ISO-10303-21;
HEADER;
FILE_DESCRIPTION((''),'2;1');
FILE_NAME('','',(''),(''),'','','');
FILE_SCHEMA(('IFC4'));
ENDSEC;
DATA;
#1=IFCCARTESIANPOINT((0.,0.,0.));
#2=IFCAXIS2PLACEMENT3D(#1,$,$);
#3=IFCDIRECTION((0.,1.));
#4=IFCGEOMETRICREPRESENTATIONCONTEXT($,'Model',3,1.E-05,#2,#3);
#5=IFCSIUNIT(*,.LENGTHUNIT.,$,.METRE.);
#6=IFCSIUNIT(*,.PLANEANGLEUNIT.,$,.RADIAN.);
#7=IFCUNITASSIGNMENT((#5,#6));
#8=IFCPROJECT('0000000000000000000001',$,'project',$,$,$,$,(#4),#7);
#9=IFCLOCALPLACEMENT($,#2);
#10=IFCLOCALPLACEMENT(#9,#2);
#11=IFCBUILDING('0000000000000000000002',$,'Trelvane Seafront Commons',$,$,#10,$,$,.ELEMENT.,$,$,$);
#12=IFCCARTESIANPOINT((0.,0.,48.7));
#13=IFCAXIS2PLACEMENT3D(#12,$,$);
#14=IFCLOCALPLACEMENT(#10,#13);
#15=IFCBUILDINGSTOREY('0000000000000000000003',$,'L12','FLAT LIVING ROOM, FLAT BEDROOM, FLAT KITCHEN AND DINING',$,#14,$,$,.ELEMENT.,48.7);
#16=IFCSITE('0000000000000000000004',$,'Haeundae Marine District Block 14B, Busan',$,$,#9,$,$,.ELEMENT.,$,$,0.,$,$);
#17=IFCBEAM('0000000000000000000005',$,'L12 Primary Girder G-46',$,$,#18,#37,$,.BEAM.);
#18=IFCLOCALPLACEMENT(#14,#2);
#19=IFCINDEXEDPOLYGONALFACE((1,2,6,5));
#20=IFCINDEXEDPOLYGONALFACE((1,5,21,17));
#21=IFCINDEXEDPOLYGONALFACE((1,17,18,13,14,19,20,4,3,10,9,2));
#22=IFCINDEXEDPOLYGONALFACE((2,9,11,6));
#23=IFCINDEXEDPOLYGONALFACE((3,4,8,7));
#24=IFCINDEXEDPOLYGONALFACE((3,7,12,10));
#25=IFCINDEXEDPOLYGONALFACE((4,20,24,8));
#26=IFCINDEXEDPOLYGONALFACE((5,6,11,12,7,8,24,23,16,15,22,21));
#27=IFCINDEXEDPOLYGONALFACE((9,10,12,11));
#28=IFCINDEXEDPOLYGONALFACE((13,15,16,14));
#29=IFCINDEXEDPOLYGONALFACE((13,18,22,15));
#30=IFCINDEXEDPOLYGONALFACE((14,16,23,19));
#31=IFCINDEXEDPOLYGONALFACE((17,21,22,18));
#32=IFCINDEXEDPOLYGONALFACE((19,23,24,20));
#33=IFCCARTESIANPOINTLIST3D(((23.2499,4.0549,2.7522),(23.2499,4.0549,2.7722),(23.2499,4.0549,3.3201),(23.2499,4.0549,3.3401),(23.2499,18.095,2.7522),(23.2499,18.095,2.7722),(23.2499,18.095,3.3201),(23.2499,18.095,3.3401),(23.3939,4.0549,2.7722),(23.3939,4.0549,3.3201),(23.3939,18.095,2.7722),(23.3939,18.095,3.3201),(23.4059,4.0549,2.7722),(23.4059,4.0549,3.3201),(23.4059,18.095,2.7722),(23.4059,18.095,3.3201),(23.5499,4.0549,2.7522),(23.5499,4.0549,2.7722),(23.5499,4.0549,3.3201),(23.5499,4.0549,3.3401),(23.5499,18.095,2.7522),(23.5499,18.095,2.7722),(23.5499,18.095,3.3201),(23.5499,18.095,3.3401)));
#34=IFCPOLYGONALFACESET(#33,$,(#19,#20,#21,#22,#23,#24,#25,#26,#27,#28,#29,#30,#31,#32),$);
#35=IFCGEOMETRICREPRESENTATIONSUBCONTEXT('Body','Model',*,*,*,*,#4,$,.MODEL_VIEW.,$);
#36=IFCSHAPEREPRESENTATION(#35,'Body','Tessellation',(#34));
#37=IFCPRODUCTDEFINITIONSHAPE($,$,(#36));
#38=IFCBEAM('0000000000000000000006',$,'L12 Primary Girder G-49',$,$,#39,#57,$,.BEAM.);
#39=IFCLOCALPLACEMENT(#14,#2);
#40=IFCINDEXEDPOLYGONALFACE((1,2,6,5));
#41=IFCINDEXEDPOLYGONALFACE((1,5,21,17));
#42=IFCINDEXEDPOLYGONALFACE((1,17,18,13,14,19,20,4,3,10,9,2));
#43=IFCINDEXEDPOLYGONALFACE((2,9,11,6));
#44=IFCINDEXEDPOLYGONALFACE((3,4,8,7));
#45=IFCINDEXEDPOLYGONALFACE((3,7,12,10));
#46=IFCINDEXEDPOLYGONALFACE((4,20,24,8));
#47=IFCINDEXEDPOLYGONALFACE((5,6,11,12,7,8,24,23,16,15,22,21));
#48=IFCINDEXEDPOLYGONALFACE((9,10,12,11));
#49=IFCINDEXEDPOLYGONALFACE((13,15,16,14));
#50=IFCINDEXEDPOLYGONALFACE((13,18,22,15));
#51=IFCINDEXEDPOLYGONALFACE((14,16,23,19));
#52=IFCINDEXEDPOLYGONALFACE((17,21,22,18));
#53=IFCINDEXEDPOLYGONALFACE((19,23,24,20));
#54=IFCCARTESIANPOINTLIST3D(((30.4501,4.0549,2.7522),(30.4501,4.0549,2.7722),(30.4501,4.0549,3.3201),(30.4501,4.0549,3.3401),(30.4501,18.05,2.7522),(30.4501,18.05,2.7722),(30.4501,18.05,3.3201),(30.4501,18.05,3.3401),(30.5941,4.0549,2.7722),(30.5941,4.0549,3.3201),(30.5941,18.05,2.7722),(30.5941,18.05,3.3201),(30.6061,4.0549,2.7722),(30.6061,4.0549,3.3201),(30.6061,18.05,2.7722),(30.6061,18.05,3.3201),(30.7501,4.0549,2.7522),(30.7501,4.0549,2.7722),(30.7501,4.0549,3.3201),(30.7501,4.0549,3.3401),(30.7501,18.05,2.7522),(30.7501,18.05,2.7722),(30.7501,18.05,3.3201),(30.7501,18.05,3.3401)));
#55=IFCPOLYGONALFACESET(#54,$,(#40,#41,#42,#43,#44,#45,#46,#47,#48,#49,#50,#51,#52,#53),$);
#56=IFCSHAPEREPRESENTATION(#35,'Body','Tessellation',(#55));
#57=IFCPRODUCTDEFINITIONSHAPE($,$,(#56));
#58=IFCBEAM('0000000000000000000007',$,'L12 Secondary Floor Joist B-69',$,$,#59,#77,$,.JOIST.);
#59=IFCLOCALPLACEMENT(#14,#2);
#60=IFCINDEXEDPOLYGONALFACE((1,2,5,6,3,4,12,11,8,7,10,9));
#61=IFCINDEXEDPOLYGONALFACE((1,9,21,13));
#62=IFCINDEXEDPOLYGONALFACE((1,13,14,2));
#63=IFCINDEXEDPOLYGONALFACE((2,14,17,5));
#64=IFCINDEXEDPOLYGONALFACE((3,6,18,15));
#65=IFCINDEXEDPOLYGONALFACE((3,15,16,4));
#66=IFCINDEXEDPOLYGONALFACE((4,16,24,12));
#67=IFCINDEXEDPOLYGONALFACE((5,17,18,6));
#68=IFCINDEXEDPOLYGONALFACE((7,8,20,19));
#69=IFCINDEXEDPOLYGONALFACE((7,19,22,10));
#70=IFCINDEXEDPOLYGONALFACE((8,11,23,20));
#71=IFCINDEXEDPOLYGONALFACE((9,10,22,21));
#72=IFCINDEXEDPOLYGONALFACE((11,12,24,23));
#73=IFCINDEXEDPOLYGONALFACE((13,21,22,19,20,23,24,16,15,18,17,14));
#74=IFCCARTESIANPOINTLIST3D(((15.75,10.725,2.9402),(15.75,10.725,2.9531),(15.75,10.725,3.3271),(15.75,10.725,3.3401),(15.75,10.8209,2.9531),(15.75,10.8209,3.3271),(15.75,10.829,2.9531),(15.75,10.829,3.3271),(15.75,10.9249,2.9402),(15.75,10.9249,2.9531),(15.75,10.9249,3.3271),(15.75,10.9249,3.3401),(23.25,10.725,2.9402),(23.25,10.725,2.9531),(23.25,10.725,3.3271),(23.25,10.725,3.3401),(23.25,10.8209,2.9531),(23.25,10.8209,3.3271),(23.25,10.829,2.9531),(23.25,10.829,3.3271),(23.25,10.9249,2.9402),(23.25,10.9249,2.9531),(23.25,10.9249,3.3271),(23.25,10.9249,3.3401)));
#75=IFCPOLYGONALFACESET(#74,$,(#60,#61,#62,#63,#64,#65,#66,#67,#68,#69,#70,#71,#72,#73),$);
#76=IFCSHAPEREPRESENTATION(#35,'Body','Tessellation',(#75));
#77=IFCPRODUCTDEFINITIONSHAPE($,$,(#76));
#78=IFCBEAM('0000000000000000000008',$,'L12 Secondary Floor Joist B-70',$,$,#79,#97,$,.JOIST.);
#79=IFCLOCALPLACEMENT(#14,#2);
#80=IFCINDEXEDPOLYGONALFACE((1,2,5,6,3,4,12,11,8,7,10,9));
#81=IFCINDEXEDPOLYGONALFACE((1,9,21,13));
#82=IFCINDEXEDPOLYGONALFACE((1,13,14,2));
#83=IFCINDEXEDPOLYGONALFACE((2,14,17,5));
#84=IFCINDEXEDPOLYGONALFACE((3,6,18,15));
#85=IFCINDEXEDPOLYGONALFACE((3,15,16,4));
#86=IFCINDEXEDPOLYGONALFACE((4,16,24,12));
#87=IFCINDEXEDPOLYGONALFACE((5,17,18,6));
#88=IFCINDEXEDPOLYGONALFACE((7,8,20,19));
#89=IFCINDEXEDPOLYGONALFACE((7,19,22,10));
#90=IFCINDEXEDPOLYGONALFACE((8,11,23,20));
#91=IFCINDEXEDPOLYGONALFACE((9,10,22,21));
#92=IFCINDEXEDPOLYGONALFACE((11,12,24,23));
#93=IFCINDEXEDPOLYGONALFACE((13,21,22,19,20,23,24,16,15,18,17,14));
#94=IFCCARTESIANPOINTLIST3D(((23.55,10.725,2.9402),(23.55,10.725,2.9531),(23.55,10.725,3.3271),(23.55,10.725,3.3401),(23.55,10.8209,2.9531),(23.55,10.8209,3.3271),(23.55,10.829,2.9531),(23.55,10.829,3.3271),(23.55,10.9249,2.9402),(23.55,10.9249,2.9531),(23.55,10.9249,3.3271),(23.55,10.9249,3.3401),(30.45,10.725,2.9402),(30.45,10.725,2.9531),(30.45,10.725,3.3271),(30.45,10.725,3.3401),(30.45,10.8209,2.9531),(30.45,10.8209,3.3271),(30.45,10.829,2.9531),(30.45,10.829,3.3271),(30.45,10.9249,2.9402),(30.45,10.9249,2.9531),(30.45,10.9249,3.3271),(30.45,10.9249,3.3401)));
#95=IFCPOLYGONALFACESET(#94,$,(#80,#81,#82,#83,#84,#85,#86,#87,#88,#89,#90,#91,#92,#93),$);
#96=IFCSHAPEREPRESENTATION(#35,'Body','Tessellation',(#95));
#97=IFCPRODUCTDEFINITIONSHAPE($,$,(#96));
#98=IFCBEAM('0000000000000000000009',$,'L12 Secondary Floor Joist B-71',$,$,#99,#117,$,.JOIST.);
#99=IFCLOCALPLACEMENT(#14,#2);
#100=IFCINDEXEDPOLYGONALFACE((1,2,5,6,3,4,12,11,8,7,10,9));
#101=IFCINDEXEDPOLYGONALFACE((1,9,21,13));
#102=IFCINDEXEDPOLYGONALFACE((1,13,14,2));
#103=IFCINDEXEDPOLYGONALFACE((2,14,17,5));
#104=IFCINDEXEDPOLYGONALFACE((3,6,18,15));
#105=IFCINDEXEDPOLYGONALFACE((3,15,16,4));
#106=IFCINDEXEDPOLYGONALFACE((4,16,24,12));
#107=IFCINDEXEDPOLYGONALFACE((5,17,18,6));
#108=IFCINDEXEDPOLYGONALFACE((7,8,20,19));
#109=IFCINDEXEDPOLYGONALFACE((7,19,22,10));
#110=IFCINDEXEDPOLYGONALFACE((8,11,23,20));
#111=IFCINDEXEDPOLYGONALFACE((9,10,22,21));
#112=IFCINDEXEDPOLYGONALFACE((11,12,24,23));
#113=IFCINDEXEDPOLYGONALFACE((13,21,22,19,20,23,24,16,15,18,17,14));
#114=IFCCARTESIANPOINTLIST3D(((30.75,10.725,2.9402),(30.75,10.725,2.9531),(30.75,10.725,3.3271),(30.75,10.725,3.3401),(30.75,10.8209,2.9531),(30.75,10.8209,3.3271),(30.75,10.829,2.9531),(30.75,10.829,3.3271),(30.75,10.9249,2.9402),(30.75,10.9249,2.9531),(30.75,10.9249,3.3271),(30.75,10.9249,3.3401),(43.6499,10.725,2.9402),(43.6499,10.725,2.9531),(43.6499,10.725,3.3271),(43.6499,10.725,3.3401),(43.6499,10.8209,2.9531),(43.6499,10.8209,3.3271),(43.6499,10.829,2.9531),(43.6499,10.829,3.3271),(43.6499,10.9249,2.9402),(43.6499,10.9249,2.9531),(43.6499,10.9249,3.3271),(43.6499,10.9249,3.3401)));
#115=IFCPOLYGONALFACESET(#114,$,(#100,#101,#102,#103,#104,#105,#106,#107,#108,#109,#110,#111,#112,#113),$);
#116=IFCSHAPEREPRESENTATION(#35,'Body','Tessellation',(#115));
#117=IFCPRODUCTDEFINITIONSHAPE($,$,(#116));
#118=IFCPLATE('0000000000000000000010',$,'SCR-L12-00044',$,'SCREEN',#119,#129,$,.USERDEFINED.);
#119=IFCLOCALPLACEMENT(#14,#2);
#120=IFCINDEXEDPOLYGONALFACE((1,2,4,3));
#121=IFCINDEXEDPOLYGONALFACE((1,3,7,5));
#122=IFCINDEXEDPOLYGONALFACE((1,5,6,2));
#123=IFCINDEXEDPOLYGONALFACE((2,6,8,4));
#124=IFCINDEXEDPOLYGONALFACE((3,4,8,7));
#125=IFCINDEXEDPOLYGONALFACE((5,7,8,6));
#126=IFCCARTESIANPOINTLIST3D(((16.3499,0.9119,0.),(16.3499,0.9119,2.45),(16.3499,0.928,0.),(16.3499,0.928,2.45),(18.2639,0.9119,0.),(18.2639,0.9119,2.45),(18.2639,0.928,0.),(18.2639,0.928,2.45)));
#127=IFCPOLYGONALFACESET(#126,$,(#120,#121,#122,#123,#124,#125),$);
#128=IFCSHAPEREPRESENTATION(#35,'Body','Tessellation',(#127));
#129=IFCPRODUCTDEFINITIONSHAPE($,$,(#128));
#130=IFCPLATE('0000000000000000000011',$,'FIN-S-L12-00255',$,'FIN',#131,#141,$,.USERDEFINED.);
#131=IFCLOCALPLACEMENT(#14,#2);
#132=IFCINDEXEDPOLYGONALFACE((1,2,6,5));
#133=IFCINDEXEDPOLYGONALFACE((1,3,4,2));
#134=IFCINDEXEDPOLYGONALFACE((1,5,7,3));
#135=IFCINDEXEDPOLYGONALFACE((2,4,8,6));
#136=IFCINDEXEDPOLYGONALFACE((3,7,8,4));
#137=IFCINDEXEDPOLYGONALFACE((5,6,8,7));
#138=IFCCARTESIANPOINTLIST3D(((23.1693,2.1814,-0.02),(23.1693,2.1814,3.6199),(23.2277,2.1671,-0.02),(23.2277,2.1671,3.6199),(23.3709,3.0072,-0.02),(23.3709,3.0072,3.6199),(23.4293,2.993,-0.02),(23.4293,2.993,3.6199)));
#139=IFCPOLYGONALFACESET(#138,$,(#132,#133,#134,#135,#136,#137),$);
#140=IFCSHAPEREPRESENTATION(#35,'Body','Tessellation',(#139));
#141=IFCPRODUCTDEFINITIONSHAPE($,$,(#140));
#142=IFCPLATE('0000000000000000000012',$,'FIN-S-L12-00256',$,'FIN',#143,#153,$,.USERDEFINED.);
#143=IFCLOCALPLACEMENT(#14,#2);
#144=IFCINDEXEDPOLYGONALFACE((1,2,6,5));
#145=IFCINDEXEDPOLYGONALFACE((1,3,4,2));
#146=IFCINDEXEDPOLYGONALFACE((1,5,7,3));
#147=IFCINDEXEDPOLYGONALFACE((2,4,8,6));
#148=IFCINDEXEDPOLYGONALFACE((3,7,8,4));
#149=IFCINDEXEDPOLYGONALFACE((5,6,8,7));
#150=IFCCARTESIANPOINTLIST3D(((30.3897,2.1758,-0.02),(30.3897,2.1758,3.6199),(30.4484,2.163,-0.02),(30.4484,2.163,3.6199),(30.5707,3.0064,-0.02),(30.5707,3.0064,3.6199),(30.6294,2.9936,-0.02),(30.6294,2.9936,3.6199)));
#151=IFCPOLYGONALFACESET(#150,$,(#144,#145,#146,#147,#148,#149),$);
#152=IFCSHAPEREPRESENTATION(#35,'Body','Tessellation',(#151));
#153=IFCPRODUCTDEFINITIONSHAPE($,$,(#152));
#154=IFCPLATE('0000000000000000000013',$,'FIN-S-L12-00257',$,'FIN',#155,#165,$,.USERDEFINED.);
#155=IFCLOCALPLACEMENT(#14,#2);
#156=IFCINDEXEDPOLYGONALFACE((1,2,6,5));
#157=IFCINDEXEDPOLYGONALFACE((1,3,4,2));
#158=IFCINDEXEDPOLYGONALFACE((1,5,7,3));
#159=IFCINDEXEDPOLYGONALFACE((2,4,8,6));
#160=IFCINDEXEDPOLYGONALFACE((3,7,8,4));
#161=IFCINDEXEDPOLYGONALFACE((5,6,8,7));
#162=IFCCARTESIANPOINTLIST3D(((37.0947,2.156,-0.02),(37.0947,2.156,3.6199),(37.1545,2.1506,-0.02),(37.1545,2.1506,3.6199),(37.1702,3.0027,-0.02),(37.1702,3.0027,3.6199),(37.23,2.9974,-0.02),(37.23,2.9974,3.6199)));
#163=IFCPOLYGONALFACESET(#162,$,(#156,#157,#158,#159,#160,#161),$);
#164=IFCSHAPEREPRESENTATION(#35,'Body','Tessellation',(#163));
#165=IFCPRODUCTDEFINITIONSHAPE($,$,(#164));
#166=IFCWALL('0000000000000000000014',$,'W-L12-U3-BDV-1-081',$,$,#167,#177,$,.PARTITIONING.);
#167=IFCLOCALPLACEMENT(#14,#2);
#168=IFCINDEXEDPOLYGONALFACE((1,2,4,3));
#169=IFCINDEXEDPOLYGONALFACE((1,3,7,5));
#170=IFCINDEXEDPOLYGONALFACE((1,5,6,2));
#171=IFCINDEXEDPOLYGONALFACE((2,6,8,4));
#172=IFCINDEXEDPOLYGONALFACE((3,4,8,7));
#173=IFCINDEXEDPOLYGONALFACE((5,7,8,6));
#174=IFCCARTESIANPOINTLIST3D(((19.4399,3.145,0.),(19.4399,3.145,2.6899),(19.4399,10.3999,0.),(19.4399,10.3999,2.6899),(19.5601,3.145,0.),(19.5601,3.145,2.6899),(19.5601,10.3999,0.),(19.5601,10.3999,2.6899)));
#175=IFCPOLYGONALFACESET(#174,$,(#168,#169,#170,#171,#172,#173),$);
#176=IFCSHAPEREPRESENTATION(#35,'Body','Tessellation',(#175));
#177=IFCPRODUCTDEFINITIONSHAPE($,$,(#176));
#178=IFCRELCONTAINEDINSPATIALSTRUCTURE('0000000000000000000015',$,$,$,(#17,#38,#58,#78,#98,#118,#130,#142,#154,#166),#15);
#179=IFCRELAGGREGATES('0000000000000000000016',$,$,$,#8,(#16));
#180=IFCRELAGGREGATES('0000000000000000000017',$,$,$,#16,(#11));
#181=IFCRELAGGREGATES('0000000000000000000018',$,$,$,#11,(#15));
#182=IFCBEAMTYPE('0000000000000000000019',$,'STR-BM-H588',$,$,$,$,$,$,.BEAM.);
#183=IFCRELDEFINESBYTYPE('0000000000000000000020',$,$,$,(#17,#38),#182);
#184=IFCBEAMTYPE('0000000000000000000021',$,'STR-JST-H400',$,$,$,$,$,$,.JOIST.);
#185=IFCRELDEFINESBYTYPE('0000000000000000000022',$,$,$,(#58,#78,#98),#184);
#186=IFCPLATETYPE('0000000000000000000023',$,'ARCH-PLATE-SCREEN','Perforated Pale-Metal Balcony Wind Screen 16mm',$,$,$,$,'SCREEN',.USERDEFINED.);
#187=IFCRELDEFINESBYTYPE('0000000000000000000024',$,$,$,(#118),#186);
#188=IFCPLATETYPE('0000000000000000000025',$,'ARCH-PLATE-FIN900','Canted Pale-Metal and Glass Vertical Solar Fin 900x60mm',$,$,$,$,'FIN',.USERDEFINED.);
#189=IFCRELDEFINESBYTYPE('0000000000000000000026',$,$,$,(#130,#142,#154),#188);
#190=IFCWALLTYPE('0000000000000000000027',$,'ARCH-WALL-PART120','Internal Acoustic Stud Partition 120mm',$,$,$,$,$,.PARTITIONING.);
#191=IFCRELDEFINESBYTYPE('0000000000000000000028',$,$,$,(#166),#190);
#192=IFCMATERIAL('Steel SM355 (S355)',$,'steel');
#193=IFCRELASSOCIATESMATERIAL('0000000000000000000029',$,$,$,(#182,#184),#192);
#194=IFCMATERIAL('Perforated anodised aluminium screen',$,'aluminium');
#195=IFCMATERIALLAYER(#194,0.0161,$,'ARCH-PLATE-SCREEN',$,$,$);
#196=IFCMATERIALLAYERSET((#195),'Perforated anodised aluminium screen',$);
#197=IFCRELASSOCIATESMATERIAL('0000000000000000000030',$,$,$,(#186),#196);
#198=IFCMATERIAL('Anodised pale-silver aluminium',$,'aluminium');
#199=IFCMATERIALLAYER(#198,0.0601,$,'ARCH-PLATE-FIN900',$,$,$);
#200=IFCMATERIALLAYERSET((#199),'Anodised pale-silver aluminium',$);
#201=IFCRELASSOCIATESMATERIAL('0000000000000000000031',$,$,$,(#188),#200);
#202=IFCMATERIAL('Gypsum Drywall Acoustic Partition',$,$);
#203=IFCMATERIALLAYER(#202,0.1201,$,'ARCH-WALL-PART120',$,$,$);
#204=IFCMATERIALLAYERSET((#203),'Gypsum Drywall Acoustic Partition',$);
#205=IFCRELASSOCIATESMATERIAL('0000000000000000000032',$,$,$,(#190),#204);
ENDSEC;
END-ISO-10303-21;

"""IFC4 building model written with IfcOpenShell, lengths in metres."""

from ifc_helpers import new_model, si_unit, direction, frame, frame_2d, origin, origin_2d, place, context, subcontext, project, spatial, rectangle, i_section, extrude, source, transform, mapped, material, layer, layer_set, material_profile, profile_set, type_object, element, save


model = new_model("IFC4")

# Units and contexts
model_context = context("Model", 3, precision=1e-05, world=origin(), true_north=direction((0.0, 1.0)))
body_context = subcontext(model_context, "Body", "Model", "MODEL_VIEW")
ifc_project = project(units=[si_unit("LENGTHUNIT", "METRE"), si_unit("PLANEANGLEUNIT", "RADIAN")], contexts=[model_context])

# Site, building, storey
site_placement = place(None, origin())
site = spatial("IfcSite", under=ifc_project, at=site_placement, Name="Haeundae Marine District Block 14B, Busan", CompositionType="ELEMENT", RefElevation=0.0)
building_placement = place(site_placement, origin())
building = spatial("IfcBuilding", under=site, at=building_placement, Name="Trelvane Seafront Commons", CompositionType="ELEMENT")
storey_placement = place(building_placement, frame((0.0, 0.0, 48.7)))
storey = spatial("IfcBuildingStorey", under=building, at=storey_placement, Name="L12", Description="FLAT LIVING ROOM, FLAT BEDROOM, FLAT KITCHEN AND DINING", CompositionType="ELEMENT", Elevation=48.7)

# Shared definitions
ifc_material_1 = material(Name="Steel SM355 (S355)", Category="steel")

# Beams
ifc_material_profile_1 = material_profile(ifc_material_1, i_section(OverallWidth=0.3, OverallDepth=0.5879, WebThickness=0.012, FlangeThickness=0.02, at=origin_2d()), Name="H-588x300x12x20")
ifc_profile_set_1 = profile_set([ifc_material_profile_1], Name="Steel SM355 (S355)")
beam_type_1 = type_object("IfcBeamType", Name="STR-BM-H588", PredefinedType="BEAM", material=ifc_profile_set_1)
shared_shape_1 = source(origin(), body_context, "Body", "SweptSolid", [
    extrude(i_section(OverallWidth=0.3, OverallDepth=0.5879, WebThickness=0.012, FlangeThickness=0.02, at=origin_2d()), origin(), (0.0, 0.0, 1.0), 14.04),
])
beam_1_placement = place(storey_placement, frame((23.3999, 4.0549, 3.0461), z_axis=(0.0, 1.0, 0.0), x_axis=(-1.0, 0.0, 0.0)))
element("IfcBeam", 1, at=beam_1_placement, inside=storey, type_object=beam_type_1, Name="L12 Primary Girder G-46", PredefinedType="BEAM", context=body_context, shape_type="MappedRepresentation", body=[
    mapped(shared_shape_1, transform((0.0, 0.0, 0.0), x_axis=(1.0, 0.0, 0.0), y_axis=(0.0, 1.0, 0.0), z_axis=(0.0, 0.0, 1.0), scale=1.0)),
])
shared_shape_2 = source(origin(), body_context, "Body", "SweptSolid", [
    extrude(i_section(OverallWidth=0.3, OverallDepth=0.5879, WebThickness=0.012, FlangeThickness=0.02, at=origin_2d()), origin(), (0.0, 0.0, 1.0), 13.9951),
])
beam_2_placement = place(storey_placement, frame((30.6001, 4.0549, 3.0461), z_axis=(0.0, 1.0, 0.0), x_axis=(-1.0, 0.0, 0.0)))
element("IfcBeam", 2, at=beam_2_placement, inside=storey, type_object=beam_type_1, Name="L12 Primary Girder G-49", PredefinedType="BEAM", context=body_context, shape_type="MappedRepresentation", body=[
    mapped(shared_shape_2, transform((0.0, 0.0, 0.0), x_axis=(1.0, 0.0, 0.0), y_axis=(0.0, 1.0, 0.0), z_axis=(0.0, 0.0, 1.0), scale=1.0)),
])
ifc_material_profile_2 = material_profile(ifc_material_1, i_section(OverallWidth=0.2, OverallDepth=0.3999, WebThickness=0.0081, FlangeThickness=0.0129, at=origin_2d()), Name="H-400x200x8x13")
ifc_profile_set_2 = profile_set([ifc_material_profile_2], Name="Steel SM355 (S355)")
beam_type_2 = type_object("IfcBeamType", Name="STR-JST-H400", PredefinedType="JOIST", material=ifc_profile_set_2)
shared_shape_3 = source(origin(), body_context, "Body", "SweptSolid", [
    extrude(i_section(OverallWidth=0.2, OverallDepth=0.3999, WebThickness=0.0081, FlangeThickness=0.0129, at=origin_2d()), origin(), (0.0, 0.0, 1.0), 7.5),
])
beam_3_placement = place(storey_placement, frame((15.75, 10.825, 3.1401), z_axis=(1.0, 0.0, 0.0), x_axis=(0.0, 1.0, 0.0)))
element("IfcBeam", 3, at=beam_3_placement, inside=storey, type_object=beam_type_2, Name="L12 Secondary Floor Joist B-69", PredefinedType="JOIST", context=body_context, shape_type="MappedRepresentation", body=[
    mapped(shared_shape_3, transform((0.0, 0.0, 0.0), x_axis=(1.0, 0.0, 0.0), y_axis=(0.0, 1.0, 0.0), z_axis=(0.0, 0.0, 1.0), scale=1.0)),
])
shared_shape_4 = source(origin(), body_context, "Body", "SweptSolid", [
    extrude(i_section(OverallWidth=0.2, OverallDepth=0.3999, WebThickness=0.0081, FlangeThickness=0.0129, at=origin_2d()), origin(), (0.0, 0.0, 1.0), 6.8999),
])
beam_4_placement = place(storey_placement, frame((23.55, 10.825, 3.1401), z_axis=(1.0, 0.0, 0.0), x_axis=(0.0, 1.0, 0.0)))
element("IfcBeam", 4, at=beam_4_placement, inside=storey, type_object=beam_type_2, Name="L12 Secondary Floor Joist B-70", PredefinedType="JOIST", context=body_context, shape_type="MappedRepresentation", body=[
    mapped(shared_shape_4, transform((0.0, 0.0, 0.0), x_axis=(1.0, 0.0, 0.0), y_axis=(0.0, 1.0, 0.0), z_axis=(0.0, 0.0, 1.0), scale=1.0)),
])
shared_shape_5 = source(origin(), body_context, "Body", "SweptSolid", [
    extrude(i_section(OverallWidth=0.2, OverallDepth=0.3999, WebThickness=0.0081, FlangeThickness=0.0129, at=origin_2d()), origin(), (0.0, 0.0, 1.0), 12.8999),
])
beam_5_placement = place(storey_placement, frame((30.75, 10.825, 3.1401), z_axis=(1.0, 0.0, 0.0), x_axis=(0.0, 1.0, 0.0)))
element("IfcBeam", 5, at=beam_5_placement, inside=storey, type_object=beam_type_2, Name="L12 Secondary Floor Joist B-71", PredefinedType="JOIST", context=body_context, shape_type="MappedRepresentation", body=[
    mapped(shared_shape_5, transform((0.0, 0.0, 0.0), x_axis=(1.0, 0.0, 0.0), y_axis=(0.0, 1.0, 0.0), z_axis=(0.0, 0.0, 1.0), scale=1.0)),
])

# Plates
ifc_material_2 = material(Name="Perforated anodised aluminium screen", Category="aluminium")
ifc_layer_1 = layer(ifc_material_2, 0.0161, Name="ARCH-PLATE-SCREEN")
ifc_layer_set_1 = layer_set([ifc_layer_1], Name="Perforated anodised aluminium screen")
plate_type_1 = type_object("IfcPlateType", Name="ARCH-PLATE-SCREEN", Description="Perforated Pale-Metal Balcony Wind Screen 16mm", ElementType="SCREEN", PredefinedType="USERDEFINED", material=ifc_layer_set_1)
shared_shape_6 = source(origin(), body_context, "Body", "SweptSolid", [
    extrude(rectangle(XDim=1.9141, YDim=0.0161, at=origin_2d()), origin(), (0.0, 0.0, 1.0), 2.45),
])
plate_placement = place(storey_placement, frame((17.3069, 0.9199, 0.0), z_axis=(0.0, 0.0, 1.0), x_axis=(1.0, 0.0, 0.0)))
element("IfcPlate", 6, at=plate_placement, inside=storey, type_object=plate_type_1, Name="SCR-L12-00044", ObjectType="SCREEN", PredefinedType="USERDEFINED", context=body_context, shape_type="MappedRepresentation", body=[
    mapped(shared_shape_6, transform((0.0, 0.0, 0.0), x_axis=(1.0, 0.0, 0.0), y_axis=(0.0, 1.0, 0.0), z_axis=(0.0, 0.0, 1.0), scale=1.0)),
])
ifc_material_3 = material(Name="Anodised pale-silver aluminium", Category="aluminium")
ifc_layer_2 = layer(ifc_material_3, 0.0601, Name="ARCH-PLATE-FIN900")
ifc_layer_set_2 = layer_set([ifc_layer_2], Name="Anodised pale-silver aluminium")
plate_type_2 = type_object("IfcPlateType", Name="ARCH-PLATE-FIN900", Description="Canted Pale-Metal and Glass Vertical Solar Fin 900x60mm", ElementType="FIN", PredefinedType="USERDEFINED", material=ifc_layer_set_2)
shared_shape_7 = source(origin(), body_context, "Body", "SweptSolid", [
    extrude(rectangle(XDim=0.8501, YDim=0.0601, at=origin_2d()), origin(), (0.0, 0.0, 1.0), 3.6399),
])
for number, where, z_axis, x_axis, name in (
    (7, (23.2993, 2.5872, -0.02), (0.0, 0.0, 1.0), (-0.237162, -0.97147, 0.0), "FIN-S-L12-00255"),
    (8, (30.5095, 2.5847, -0.02), (0.0, 0.0, 1.0), (-0.212942, -0.977065, 0.0), "FIN-S-L12-00256"),
    (9, (37.1624, 2.5767, -0.02), (0.0, 0.0, 1.0), (-0.088828, -0.996047, 0.0), "FIN-S-L12-00257"),
):
    element("IfcPlate", number, at=place(storey_placement, frame(where, z_axis=z_axis, x_axis=x_axis)), inside=storey, type_object=plate_type_2, Name=name, ObjectType="FIN", PredefinedType="USERDEFINED", context=body_context, shape_type="MappedRepresentation", body=[
        mapped(shared_shape_7, transform((0.0, 0.0, 0.0), x_axis=(1.0, 0.0, 0.0), y_axis=(0.0, 1.0, 0.0), z_axis=(0.0, 0.0, 1.0), scale=1.0)),
    ])

# Shared definitions
ifc_material_4 = material(Name="Gypsum Drywall Acoustic Partition")
ifc_layer_3 = layer(ifc_material_4, 0.1201, Name="ARCH-WALL-PART120")
ifc_layer_set_3 = layer_set([ifc_layer_3], Name="Gypsum Drywall Acoustic Partition")
wall_type_1 = type_object("IfcWallType", Name="ARCH-WALL-PART120", Description="Internal Acoustic Stud Partition 120mm", PredefinedType="PARTITIONING", material=ifc_layer_set_3)

# Wall
wall_1_placement = place(storey_placement, frame((19.5, 3.145, 0.0), z_axis=(0.0, 0.0, 1.0), x_axis=(0.0, 1.0, 0.0)))
element("IfcWall", 10, at=wall_1_placement, inside=storey, type_object=wall_type_1, Name="W-L12-U3-BDV-1-081", PredefinedType="PARTITIONING", context=body_context, shape_type="SweptSolid", body=[
    extrude(rectangle(XDim=7.2549, YDim=0.1201, at=frame_2d((3.6274, 0.0))), origin(), (0.0, 0.0, 1.0), 2.6899),
])

save(model, "model.ifc")
